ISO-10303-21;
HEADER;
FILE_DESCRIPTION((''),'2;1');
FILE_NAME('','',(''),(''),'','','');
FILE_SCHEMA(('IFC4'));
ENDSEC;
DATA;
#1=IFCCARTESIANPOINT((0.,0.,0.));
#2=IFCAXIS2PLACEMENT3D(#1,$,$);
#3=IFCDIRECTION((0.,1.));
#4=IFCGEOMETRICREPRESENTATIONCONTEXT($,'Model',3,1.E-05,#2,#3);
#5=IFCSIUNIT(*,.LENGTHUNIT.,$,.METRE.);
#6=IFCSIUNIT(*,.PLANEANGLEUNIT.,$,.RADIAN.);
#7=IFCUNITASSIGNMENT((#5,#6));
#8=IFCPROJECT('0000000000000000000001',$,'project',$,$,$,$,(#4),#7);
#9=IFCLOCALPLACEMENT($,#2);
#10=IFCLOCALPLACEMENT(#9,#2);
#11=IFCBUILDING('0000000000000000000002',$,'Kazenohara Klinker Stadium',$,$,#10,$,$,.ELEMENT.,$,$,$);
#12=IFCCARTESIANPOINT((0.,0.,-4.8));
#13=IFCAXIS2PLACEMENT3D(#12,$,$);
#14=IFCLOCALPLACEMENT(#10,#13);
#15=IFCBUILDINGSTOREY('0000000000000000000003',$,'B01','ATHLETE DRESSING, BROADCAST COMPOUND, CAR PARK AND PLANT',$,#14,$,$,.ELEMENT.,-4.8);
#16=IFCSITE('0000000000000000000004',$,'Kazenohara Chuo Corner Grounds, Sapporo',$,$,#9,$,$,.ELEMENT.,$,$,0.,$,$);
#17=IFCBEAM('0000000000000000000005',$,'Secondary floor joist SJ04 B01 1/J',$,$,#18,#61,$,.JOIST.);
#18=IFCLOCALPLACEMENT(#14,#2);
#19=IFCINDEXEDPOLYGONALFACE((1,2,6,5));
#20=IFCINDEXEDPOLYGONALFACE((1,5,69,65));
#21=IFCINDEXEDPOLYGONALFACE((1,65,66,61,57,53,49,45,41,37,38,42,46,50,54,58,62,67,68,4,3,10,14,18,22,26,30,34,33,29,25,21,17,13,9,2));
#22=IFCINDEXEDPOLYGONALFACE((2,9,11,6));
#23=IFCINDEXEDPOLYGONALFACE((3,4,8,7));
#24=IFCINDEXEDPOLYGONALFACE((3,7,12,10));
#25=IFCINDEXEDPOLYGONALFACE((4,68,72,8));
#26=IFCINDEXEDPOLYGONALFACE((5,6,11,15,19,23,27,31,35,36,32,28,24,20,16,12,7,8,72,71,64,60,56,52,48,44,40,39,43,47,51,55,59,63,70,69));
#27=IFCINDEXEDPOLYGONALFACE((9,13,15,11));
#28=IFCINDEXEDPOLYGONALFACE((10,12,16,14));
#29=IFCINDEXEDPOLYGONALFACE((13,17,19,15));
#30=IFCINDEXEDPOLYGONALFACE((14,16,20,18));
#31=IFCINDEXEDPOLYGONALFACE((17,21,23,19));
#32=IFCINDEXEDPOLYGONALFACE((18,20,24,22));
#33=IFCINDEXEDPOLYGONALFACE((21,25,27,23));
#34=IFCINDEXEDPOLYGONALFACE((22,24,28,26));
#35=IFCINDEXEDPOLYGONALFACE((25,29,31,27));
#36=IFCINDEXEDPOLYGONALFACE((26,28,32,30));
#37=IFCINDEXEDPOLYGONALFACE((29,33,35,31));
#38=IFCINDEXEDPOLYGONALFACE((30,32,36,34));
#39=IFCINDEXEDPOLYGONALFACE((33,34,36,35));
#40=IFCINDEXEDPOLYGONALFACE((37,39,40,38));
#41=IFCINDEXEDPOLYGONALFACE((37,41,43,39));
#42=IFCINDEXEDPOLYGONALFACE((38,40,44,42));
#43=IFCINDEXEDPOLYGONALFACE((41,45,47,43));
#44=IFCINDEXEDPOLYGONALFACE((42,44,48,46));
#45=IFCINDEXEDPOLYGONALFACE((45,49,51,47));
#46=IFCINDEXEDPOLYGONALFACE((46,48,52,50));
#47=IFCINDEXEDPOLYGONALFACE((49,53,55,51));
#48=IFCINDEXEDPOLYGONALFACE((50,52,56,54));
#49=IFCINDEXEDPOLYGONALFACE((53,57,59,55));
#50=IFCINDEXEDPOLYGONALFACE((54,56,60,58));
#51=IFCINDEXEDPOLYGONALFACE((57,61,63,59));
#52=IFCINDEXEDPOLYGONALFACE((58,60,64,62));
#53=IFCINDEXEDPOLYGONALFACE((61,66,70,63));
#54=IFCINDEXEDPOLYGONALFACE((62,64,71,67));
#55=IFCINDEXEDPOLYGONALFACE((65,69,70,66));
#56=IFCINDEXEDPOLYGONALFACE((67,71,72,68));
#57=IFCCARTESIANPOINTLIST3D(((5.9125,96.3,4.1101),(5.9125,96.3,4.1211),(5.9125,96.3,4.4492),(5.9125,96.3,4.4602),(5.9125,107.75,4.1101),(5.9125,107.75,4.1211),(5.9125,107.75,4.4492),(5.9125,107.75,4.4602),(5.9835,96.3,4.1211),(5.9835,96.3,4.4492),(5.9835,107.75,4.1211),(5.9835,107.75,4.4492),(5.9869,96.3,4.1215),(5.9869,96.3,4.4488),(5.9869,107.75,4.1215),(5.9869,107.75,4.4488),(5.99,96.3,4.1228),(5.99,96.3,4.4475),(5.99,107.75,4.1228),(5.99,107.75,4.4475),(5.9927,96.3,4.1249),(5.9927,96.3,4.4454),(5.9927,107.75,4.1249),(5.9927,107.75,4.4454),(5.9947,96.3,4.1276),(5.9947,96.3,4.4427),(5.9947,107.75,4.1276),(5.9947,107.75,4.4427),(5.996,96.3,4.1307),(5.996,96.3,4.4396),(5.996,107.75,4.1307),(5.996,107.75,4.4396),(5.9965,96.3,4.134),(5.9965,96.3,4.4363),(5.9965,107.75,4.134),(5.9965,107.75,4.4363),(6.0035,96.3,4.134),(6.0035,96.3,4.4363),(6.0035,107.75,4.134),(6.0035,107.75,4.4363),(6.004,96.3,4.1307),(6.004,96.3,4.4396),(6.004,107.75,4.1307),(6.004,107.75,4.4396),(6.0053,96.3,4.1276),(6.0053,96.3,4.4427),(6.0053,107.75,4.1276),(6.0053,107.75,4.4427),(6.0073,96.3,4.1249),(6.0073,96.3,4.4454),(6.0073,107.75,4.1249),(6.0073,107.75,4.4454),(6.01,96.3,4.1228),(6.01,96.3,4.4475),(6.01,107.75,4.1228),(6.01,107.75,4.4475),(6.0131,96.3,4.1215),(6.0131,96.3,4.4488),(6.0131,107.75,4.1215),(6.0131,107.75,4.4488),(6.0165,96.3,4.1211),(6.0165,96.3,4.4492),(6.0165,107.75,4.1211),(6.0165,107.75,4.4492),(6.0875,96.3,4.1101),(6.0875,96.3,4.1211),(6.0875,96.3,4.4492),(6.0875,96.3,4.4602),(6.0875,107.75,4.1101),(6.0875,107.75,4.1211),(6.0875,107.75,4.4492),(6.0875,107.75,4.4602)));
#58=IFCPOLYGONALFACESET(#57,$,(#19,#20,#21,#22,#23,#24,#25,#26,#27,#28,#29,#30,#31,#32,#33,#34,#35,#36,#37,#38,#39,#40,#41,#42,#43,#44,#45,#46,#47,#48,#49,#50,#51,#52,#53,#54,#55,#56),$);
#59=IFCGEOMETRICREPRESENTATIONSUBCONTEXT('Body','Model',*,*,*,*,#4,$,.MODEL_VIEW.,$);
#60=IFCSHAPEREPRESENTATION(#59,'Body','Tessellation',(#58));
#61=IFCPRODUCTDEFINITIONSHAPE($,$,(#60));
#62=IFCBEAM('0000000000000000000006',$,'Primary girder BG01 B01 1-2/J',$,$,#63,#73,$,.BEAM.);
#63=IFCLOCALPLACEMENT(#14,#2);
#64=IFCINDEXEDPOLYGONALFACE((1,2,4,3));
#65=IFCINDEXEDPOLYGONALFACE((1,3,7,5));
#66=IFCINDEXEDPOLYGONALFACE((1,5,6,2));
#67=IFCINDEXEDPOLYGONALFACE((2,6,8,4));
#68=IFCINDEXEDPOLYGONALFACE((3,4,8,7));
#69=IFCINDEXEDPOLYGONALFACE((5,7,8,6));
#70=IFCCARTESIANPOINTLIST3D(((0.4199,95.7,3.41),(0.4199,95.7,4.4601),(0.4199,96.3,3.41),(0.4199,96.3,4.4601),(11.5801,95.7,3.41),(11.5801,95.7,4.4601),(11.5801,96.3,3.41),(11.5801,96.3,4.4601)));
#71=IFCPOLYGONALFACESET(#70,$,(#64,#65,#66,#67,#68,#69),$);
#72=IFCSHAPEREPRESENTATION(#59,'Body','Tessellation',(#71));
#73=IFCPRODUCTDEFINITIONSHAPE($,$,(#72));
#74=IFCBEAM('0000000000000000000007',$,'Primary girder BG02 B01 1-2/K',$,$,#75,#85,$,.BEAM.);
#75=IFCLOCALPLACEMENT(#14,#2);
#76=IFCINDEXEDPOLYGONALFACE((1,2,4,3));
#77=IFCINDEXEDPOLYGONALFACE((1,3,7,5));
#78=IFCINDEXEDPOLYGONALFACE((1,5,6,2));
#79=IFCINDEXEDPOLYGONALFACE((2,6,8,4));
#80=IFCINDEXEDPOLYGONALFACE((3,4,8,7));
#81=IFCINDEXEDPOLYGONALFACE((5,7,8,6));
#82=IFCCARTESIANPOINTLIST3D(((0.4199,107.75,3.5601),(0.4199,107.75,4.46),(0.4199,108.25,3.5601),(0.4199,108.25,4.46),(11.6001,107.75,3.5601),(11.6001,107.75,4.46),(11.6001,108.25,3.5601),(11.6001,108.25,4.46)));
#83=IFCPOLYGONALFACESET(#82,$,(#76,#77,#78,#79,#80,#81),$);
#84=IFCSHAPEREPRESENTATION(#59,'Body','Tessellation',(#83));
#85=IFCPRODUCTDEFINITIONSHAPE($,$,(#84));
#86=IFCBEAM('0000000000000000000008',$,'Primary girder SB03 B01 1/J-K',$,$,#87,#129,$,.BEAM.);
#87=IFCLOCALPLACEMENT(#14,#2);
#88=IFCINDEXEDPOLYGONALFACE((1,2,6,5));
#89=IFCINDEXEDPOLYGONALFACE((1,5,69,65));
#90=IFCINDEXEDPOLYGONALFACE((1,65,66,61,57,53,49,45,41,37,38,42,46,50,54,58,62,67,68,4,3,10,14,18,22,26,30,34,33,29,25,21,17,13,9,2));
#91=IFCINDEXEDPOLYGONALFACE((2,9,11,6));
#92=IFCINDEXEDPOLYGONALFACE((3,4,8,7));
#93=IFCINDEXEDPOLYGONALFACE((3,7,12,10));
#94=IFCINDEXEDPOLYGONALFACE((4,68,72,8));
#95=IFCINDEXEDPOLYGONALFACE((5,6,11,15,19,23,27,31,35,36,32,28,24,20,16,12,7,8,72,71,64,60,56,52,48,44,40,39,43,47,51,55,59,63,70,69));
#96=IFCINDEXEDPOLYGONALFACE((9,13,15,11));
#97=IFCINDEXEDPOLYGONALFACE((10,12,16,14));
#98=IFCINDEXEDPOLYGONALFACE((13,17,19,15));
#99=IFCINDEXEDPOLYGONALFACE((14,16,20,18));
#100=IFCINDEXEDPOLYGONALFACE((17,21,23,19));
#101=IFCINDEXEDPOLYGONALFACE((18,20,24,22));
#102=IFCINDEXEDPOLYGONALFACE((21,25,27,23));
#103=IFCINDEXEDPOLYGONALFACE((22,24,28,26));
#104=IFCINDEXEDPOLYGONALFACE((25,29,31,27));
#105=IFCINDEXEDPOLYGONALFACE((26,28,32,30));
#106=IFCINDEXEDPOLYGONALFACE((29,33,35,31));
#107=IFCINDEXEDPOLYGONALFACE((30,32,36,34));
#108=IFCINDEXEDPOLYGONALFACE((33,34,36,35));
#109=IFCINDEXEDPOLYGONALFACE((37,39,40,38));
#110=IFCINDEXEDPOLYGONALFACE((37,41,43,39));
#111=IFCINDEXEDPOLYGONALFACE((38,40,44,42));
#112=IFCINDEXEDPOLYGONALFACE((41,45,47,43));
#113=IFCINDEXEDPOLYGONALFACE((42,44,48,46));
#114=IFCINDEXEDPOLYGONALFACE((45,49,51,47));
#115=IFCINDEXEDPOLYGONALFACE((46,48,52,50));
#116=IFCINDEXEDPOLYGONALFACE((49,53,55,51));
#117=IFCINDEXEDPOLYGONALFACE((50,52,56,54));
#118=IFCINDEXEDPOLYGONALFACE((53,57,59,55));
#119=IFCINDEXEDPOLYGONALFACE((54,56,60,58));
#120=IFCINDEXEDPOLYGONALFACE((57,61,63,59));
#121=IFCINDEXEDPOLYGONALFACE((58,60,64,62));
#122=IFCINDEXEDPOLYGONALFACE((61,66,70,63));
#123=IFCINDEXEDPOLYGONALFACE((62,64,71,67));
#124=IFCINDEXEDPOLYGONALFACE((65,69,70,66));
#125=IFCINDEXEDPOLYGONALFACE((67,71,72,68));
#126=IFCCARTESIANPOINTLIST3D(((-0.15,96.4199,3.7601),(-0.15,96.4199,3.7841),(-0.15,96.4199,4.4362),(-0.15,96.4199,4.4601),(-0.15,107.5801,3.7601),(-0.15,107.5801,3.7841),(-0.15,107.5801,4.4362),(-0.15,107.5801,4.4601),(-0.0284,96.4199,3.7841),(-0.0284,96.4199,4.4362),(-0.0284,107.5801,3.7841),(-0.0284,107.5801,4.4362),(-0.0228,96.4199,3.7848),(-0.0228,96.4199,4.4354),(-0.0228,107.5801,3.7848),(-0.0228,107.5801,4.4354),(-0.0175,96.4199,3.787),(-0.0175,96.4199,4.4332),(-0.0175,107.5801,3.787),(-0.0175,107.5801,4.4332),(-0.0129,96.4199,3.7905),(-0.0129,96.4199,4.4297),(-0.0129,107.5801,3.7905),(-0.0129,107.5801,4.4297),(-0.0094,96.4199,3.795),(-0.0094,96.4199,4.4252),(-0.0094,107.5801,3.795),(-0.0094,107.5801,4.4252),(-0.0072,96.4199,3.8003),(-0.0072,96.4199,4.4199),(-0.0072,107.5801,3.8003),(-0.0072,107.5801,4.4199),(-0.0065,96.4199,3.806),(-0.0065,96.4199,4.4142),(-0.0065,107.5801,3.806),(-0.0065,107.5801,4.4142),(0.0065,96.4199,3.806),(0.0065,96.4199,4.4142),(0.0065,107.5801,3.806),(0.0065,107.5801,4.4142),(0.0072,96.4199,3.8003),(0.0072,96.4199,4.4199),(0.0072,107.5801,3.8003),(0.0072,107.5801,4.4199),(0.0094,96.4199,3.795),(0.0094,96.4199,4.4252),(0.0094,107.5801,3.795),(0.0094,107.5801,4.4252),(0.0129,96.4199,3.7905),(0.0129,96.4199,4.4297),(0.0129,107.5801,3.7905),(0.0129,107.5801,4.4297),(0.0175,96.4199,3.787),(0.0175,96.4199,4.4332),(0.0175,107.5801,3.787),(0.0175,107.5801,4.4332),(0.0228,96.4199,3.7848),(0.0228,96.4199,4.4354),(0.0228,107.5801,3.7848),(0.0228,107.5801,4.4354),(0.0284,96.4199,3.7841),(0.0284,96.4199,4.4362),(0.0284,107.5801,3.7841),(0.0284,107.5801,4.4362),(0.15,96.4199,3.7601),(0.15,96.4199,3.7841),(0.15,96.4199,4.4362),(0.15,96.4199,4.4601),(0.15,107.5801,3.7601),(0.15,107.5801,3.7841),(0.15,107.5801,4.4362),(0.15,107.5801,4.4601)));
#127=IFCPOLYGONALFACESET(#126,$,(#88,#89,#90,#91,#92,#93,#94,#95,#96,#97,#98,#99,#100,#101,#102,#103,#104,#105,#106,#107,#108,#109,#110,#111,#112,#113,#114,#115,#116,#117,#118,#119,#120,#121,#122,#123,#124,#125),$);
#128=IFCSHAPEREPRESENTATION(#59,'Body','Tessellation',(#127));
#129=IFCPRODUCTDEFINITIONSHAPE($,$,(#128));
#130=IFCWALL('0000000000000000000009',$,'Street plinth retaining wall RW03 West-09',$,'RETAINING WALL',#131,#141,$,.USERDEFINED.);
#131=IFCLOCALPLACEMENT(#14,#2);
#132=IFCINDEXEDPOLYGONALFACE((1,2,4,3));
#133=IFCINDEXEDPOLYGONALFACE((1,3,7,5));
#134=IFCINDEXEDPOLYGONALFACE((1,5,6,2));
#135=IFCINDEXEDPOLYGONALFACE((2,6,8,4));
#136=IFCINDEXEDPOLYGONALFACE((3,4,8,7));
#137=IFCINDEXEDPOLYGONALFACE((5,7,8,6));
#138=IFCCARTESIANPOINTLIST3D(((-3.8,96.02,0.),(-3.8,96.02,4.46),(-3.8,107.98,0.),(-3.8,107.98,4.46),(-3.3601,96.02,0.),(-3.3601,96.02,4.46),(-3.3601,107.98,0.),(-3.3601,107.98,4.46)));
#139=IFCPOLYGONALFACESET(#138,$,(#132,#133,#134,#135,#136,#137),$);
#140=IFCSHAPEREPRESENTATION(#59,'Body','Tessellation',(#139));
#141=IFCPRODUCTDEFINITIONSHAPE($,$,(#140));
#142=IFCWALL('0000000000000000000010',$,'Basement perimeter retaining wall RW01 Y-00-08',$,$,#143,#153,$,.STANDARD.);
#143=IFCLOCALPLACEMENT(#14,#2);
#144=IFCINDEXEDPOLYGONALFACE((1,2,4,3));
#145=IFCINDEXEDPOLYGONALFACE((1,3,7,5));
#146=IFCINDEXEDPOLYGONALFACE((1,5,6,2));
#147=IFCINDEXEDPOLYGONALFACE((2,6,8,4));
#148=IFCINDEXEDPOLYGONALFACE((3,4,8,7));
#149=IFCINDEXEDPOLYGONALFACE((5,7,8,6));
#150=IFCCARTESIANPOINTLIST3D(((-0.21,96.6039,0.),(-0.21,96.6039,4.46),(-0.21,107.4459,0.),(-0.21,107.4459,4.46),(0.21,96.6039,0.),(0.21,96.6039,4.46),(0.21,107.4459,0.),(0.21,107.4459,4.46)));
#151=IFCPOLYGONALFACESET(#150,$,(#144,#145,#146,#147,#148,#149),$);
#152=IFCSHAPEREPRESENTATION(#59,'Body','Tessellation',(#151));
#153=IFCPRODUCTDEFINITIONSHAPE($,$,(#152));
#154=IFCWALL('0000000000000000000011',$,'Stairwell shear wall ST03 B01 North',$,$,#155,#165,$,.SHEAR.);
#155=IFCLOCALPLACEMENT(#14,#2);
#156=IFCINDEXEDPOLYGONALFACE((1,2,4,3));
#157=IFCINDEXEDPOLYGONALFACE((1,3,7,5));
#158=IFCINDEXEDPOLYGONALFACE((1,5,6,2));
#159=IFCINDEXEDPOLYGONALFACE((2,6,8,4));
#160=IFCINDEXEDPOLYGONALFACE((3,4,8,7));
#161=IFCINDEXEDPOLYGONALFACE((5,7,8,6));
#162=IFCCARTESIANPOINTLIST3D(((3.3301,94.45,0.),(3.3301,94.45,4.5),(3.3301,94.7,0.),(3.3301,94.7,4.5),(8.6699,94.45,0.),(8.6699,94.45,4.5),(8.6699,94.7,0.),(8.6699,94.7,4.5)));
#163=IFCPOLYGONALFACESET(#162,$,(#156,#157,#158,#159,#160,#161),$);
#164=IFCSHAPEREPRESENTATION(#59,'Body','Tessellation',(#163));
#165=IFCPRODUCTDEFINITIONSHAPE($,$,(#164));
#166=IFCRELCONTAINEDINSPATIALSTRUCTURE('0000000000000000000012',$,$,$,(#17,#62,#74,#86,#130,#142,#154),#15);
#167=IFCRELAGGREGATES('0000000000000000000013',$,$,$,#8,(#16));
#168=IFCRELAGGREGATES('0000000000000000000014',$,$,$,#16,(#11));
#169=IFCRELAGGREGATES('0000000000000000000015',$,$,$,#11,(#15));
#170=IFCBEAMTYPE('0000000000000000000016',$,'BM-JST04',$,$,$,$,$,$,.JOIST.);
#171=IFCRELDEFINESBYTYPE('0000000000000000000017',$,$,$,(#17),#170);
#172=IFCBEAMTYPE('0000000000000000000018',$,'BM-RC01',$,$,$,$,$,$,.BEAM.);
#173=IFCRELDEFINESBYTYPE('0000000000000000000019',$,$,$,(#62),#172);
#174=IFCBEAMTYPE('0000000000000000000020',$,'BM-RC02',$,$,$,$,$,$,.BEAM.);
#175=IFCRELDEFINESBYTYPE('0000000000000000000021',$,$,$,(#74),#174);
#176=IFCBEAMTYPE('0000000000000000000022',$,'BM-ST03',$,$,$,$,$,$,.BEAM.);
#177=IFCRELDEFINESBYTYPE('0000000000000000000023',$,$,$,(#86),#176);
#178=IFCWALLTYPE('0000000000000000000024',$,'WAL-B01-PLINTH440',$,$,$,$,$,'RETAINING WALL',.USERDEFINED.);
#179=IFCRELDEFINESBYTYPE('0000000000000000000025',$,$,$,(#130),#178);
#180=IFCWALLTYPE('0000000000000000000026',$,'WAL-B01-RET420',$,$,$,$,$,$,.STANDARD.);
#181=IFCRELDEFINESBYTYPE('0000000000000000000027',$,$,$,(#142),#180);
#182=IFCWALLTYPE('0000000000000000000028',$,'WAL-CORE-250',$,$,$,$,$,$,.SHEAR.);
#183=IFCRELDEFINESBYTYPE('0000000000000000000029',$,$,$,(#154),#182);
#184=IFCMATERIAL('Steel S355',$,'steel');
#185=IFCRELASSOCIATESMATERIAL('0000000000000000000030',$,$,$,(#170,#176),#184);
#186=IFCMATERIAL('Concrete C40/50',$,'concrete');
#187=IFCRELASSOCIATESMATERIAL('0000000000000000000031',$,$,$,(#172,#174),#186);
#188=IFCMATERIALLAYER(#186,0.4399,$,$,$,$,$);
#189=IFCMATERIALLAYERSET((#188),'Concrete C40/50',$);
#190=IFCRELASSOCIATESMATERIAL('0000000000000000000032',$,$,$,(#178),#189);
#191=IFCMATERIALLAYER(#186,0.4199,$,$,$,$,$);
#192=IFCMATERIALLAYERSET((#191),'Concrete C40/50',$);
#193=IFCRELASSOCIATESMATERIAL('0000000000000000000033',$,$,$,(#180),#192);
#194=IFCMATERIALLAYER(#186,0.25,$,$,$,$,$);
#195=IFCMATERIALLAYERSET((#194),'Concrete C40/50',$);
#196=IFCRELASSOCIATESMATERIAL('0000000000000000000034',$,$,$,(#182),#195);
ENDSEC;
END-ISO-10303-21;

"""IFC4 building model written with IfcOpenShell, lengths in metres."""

from ifc_helpers import new_model, si_unit, direction, frame, frame_2d, origin, origin_2d, place, context, subcontext, project, spatial, rectangle, i_section, extrude, material, layer, layer_set, material_profile, profile_set, type_object, element, save


model = new_model("IFC4")

# Units and contexts
model_context = context("Model", 3, precision=1e-05, world=origin(), true_north=direction((0.0, 1.0)))
body_context = subcontext(model_context, "Body", "Model", "MODEL_VIEW")
ifc_project = project(units=[si_unit("LENGTHUNIT", "METRE"), si_unit("PLANEANGLEUNIT", "RADIAN")], contexts=[model_context])

# Site, building, storey
site_placement = place(None, origin())
site = spatial("IfcSite", under=ifc_project, at=site_placement, Name="Kazenohara Chuo Corner Grounds, Sapporo", CompositionType="ELEMENT", RefElevation=0.0)
building_placement = place(site_placement, origin())
building = spatial("IfcBuilding", under=site, at=building_placement, Name="Kazenohara Klinker Stadium", CompositionType="ELEMENT")
storey_placement = place(building_placement, frame((0.0, 0.0, -4.8)))
storey = spatial("IfcBuildingStorey", under=building, at=storey_placement, Name="B01", Description="ATHLETE DRESSING, BROADCAST COMPOUND, CAR PARK AND PLANT", CompositionType="ELEMENT", Elevation=-4.8)

# Shared definitions
ifc_material_1 = material(Name="Concrete C40/50", Category="concrete")

# Beams
ifc_material_2 = material(Name="Steel S355", Category="steel")
ifc_material_profile_1 = material_profile(ifc_material_2, i_section(OverallWidth=0.175, OverallDepth=0.3501, WebThickness=0.0071, FlangeThickness=0.011, FilletRadius=0.0129, at=origin_2d()), Name="H-350x175x7x11")
ifc_profile_set_1 = profile_set([ifc_material_profile_1], Name="Steel S355")
beam_type_1 = type_object("IfcBeamType", Name="BM-JST04", PredefinedType="JOIST", material=ifc_profile_set_1)
beam_1_placement = place(storey_placement, frame((6.0, 96.3, 4.2852), z_axis=(0.0, 1.0, 0.0), x_axis=(-1.0, 0.0, 0.0)))
element("IfcBeam", 1, at=beam_1_placement, inside=storey, type_object=beam_type_1, Name="Secondary floor joist SJ04 B01 1/J", PredefinedType="JOIST", context=body_context, shape_type="SweptSolid", body=[
    extrude(i_section(OverallWidth=0.175, OverallDepth=0.3501, WebThickness=0.0071, FlangeThickness=0.011, FilletRadius=0.0129, at=origin_2d()), origin(), (0.0, 0.0, 1.0), 11.45),
])
ifc_material_profile_2 = material_profile(ifc_material_1, rectangle(XDim=0.6001, YDim=1.05, at=origin_2d()), Name="RC-BM-600x1050")
ifc_profile_set_2 = profile_set([ifc_material_profile_2], Name="Concrete C40/50")
beam_type_2 = type_object("IfcBeamType", Name="BM-RC01", PredefinedType="BEAM", material=ifc_profile_set_2)
beam_2_placement = place(storey_placement, frame((0.4199, 96.0, 3.9351), z_axis=(1.0, 0.0, 0.0), x_axis=(0.0, 1.0, 0.0)))
element("IfcBeam", 2, at=beam_2_placement, inside=storey, type_object=beam_type_2, Name="Primary girder BG01 B01 1-2/J", PredefinedType="BEAM", context=body_context, shape_type="SweptSolid", body=[
    extrude(rectangle(XDim=0.6001, YDim=1.05, at=origin_2d()), origin(), (0.0, 0.0, 1.0), 11.1602),
])
ifc_material_profile_3 = material_profile(ifc_material_1, rectangle(XDim=0.5, YDim=0.8999, at=origin_2d()), Name="RC-BM-500x900")
ifc_profile_set_3 = profile_set([ifc_material_profile_3], Name="Concrete C40/50")
beam_type_3 = type_object("IfcBeamType", Name="BM-RC02", PredefinedType="BEAM", material=ifc_profile_set_3)
beam_3_placement = place(storey_placement, frame((0.4199, 108.0, 4.01), z_axis=(1.0, 0.0, 0.0), x_axis=(0.0, 1.0, 0.0)))
element("IfcBeam", 3, at=beam_3_placement, inside=storey, type_object=beam_type_3, Name="Primary girder BG02 B01 1-2/K", PredefinedType="BEAM", context=body_context, shape_type="SweptSolid", body=[
    extrude(rectangle(XDim=0.5, YDim=0.8999, at=origin_2d()), origin(), (0.0, 0.0, 1.0), 11.1802),
])
ifc_material_profile_4 = material_profile(ifc_material_2, i_section(OverallWidth=0.3, OverallDepth=0.7, WebThickness=0.0129, FlangeThickness=0.0239, FilletRadius=0.022, at=origin_2d()), Name="H-700x300x13x24")
ifc_profile_set_4 = profile_set([ifc_material_profile_4], Name="Steel S355")
beam_type_4 = type_object("IfcBeamType", Name="BM-ST03", PredefinedType="BEAM", material=ifc_profile_set_4)
beam_4_placement = place(storey_placement, frame((0.0, 96.4199, 4.1101), z_axis=(0.0, 1.0, 0.0), x_axis=(-1.0, 0.0, 0.0)))
element("IfcBeam", 4, at=beam_4_placement, inside=storey, type_object=beam_type_4, Name="Primary girder SB03 B01 1/J-K", PredefinedType="BEAM", context=body_context, shape_type="SweptSolid", body=[
    extrude(i_section(OverallWidth=0.3, OverallDepth=0.7, WebThickness=0.0129, FlangeThickness=0.0239, FilletRadius=0.022, at=origin_2d()), origin(), (0.0, 0.0, 1.0), 11.1602),
])

# Walls
ifc_layer_1 = layer(ifc_material_1, 0.4399)
ifc_layer_set_1 = layer_set([ifc_layer_1], Name="Concrete C40/50")
wall_type_1 = type_object("IfcWallType", Name="WAL-B01-PLINTH440", ElementType="RETAINING WALL", PredefinedType="USERDEFINED", material=ifc_layer_set_1)
wall_1_placement = place(storey_placement, frame((-3.5801, 96.02, 0.0), z_axis=(0.0, 0.0, 1.0), x_axis=(0.0, 1.0, 0.0)))
element("IfcWall", 5, at=wall_1_placement, inside=storey, type_object=wall_type_1, Name="Street plinth retaining wall RW03 West-09", ObjectType="RETAINING WALL", PredefinedType="USERDEFINED", context=body_context, shape_type="SweptSolid", body=[
    extrude(rectangle(XDim=11.96, YDim=0.4399, at=frame_2d((5.98, 0.0))), origin(), (0.0, 0.0, 1.0), 4.46),
])
ifc_layer_2 = layer(ifc_material_1, 0.4199)
ifc_layer_set_2 = layer_set([ifc_layer_2], Name="Concrete C40/50")
wall_type_2 = type_object("IfcWallType", Name="WAL-B01-RET420", PredefinedType="STANDARD", material=ifc_layer_set_2)
wall_2_placement = place(storey_placement, frame((0.0, 96.604, 0.0), z_axis=(0.0, 0.0, 1.0), x_axis=(0.0, 1.0, 0.0)))
element("IfcWall", 6, at=wall_2_placement, inside=storey, type_object=wall_type_2, Name="Basement perimeter retaining wall RW01 Y-00-08", PredefinedType="STANDARD", context=body_context, shape_type="SweptSolid", body=[
    extrude(rectangle(XDim=10.842, YDim=0.4199, at=frame_2d((5.4209, 0.0))), origin(), (0.0, 0.0, 1.0), 4.46),
])
ifc_layer_3 = layer(ifc_material_1, 0.25)
ifc_layer_set_3 = layer_set([ifc_layer_3], Name="Concrete C40/50")
wall_type_3 = type_object("IfcWallType", Name="WAL-CORE-250", PredefinedType="SHEAR", material=ifc_layer_set_3)
wall_3_placement = place(storey_placement, frame((3.3301, 94.575, 0.0), z_axis=(0.0, 0.0, 1.0), x_axis=(1.0, 0.0, 0.0)))
element("IfcWall", 7, at=wall_3_placement, inside=storey, type_object=wall_type_3, Name="Stairwell shear wall ST03 B01 North", PredefinedType="SHEAR", context=body_context, shape_type="SweptSolid", body=[
    extrude(rectangle(XDim=5.3398, YDim=0.25, at=frame_2d((2.6699, 0.0))), origin(), (0.0, 0.0, 1.0), 4.5),
])

save(model, "model.ifc")
